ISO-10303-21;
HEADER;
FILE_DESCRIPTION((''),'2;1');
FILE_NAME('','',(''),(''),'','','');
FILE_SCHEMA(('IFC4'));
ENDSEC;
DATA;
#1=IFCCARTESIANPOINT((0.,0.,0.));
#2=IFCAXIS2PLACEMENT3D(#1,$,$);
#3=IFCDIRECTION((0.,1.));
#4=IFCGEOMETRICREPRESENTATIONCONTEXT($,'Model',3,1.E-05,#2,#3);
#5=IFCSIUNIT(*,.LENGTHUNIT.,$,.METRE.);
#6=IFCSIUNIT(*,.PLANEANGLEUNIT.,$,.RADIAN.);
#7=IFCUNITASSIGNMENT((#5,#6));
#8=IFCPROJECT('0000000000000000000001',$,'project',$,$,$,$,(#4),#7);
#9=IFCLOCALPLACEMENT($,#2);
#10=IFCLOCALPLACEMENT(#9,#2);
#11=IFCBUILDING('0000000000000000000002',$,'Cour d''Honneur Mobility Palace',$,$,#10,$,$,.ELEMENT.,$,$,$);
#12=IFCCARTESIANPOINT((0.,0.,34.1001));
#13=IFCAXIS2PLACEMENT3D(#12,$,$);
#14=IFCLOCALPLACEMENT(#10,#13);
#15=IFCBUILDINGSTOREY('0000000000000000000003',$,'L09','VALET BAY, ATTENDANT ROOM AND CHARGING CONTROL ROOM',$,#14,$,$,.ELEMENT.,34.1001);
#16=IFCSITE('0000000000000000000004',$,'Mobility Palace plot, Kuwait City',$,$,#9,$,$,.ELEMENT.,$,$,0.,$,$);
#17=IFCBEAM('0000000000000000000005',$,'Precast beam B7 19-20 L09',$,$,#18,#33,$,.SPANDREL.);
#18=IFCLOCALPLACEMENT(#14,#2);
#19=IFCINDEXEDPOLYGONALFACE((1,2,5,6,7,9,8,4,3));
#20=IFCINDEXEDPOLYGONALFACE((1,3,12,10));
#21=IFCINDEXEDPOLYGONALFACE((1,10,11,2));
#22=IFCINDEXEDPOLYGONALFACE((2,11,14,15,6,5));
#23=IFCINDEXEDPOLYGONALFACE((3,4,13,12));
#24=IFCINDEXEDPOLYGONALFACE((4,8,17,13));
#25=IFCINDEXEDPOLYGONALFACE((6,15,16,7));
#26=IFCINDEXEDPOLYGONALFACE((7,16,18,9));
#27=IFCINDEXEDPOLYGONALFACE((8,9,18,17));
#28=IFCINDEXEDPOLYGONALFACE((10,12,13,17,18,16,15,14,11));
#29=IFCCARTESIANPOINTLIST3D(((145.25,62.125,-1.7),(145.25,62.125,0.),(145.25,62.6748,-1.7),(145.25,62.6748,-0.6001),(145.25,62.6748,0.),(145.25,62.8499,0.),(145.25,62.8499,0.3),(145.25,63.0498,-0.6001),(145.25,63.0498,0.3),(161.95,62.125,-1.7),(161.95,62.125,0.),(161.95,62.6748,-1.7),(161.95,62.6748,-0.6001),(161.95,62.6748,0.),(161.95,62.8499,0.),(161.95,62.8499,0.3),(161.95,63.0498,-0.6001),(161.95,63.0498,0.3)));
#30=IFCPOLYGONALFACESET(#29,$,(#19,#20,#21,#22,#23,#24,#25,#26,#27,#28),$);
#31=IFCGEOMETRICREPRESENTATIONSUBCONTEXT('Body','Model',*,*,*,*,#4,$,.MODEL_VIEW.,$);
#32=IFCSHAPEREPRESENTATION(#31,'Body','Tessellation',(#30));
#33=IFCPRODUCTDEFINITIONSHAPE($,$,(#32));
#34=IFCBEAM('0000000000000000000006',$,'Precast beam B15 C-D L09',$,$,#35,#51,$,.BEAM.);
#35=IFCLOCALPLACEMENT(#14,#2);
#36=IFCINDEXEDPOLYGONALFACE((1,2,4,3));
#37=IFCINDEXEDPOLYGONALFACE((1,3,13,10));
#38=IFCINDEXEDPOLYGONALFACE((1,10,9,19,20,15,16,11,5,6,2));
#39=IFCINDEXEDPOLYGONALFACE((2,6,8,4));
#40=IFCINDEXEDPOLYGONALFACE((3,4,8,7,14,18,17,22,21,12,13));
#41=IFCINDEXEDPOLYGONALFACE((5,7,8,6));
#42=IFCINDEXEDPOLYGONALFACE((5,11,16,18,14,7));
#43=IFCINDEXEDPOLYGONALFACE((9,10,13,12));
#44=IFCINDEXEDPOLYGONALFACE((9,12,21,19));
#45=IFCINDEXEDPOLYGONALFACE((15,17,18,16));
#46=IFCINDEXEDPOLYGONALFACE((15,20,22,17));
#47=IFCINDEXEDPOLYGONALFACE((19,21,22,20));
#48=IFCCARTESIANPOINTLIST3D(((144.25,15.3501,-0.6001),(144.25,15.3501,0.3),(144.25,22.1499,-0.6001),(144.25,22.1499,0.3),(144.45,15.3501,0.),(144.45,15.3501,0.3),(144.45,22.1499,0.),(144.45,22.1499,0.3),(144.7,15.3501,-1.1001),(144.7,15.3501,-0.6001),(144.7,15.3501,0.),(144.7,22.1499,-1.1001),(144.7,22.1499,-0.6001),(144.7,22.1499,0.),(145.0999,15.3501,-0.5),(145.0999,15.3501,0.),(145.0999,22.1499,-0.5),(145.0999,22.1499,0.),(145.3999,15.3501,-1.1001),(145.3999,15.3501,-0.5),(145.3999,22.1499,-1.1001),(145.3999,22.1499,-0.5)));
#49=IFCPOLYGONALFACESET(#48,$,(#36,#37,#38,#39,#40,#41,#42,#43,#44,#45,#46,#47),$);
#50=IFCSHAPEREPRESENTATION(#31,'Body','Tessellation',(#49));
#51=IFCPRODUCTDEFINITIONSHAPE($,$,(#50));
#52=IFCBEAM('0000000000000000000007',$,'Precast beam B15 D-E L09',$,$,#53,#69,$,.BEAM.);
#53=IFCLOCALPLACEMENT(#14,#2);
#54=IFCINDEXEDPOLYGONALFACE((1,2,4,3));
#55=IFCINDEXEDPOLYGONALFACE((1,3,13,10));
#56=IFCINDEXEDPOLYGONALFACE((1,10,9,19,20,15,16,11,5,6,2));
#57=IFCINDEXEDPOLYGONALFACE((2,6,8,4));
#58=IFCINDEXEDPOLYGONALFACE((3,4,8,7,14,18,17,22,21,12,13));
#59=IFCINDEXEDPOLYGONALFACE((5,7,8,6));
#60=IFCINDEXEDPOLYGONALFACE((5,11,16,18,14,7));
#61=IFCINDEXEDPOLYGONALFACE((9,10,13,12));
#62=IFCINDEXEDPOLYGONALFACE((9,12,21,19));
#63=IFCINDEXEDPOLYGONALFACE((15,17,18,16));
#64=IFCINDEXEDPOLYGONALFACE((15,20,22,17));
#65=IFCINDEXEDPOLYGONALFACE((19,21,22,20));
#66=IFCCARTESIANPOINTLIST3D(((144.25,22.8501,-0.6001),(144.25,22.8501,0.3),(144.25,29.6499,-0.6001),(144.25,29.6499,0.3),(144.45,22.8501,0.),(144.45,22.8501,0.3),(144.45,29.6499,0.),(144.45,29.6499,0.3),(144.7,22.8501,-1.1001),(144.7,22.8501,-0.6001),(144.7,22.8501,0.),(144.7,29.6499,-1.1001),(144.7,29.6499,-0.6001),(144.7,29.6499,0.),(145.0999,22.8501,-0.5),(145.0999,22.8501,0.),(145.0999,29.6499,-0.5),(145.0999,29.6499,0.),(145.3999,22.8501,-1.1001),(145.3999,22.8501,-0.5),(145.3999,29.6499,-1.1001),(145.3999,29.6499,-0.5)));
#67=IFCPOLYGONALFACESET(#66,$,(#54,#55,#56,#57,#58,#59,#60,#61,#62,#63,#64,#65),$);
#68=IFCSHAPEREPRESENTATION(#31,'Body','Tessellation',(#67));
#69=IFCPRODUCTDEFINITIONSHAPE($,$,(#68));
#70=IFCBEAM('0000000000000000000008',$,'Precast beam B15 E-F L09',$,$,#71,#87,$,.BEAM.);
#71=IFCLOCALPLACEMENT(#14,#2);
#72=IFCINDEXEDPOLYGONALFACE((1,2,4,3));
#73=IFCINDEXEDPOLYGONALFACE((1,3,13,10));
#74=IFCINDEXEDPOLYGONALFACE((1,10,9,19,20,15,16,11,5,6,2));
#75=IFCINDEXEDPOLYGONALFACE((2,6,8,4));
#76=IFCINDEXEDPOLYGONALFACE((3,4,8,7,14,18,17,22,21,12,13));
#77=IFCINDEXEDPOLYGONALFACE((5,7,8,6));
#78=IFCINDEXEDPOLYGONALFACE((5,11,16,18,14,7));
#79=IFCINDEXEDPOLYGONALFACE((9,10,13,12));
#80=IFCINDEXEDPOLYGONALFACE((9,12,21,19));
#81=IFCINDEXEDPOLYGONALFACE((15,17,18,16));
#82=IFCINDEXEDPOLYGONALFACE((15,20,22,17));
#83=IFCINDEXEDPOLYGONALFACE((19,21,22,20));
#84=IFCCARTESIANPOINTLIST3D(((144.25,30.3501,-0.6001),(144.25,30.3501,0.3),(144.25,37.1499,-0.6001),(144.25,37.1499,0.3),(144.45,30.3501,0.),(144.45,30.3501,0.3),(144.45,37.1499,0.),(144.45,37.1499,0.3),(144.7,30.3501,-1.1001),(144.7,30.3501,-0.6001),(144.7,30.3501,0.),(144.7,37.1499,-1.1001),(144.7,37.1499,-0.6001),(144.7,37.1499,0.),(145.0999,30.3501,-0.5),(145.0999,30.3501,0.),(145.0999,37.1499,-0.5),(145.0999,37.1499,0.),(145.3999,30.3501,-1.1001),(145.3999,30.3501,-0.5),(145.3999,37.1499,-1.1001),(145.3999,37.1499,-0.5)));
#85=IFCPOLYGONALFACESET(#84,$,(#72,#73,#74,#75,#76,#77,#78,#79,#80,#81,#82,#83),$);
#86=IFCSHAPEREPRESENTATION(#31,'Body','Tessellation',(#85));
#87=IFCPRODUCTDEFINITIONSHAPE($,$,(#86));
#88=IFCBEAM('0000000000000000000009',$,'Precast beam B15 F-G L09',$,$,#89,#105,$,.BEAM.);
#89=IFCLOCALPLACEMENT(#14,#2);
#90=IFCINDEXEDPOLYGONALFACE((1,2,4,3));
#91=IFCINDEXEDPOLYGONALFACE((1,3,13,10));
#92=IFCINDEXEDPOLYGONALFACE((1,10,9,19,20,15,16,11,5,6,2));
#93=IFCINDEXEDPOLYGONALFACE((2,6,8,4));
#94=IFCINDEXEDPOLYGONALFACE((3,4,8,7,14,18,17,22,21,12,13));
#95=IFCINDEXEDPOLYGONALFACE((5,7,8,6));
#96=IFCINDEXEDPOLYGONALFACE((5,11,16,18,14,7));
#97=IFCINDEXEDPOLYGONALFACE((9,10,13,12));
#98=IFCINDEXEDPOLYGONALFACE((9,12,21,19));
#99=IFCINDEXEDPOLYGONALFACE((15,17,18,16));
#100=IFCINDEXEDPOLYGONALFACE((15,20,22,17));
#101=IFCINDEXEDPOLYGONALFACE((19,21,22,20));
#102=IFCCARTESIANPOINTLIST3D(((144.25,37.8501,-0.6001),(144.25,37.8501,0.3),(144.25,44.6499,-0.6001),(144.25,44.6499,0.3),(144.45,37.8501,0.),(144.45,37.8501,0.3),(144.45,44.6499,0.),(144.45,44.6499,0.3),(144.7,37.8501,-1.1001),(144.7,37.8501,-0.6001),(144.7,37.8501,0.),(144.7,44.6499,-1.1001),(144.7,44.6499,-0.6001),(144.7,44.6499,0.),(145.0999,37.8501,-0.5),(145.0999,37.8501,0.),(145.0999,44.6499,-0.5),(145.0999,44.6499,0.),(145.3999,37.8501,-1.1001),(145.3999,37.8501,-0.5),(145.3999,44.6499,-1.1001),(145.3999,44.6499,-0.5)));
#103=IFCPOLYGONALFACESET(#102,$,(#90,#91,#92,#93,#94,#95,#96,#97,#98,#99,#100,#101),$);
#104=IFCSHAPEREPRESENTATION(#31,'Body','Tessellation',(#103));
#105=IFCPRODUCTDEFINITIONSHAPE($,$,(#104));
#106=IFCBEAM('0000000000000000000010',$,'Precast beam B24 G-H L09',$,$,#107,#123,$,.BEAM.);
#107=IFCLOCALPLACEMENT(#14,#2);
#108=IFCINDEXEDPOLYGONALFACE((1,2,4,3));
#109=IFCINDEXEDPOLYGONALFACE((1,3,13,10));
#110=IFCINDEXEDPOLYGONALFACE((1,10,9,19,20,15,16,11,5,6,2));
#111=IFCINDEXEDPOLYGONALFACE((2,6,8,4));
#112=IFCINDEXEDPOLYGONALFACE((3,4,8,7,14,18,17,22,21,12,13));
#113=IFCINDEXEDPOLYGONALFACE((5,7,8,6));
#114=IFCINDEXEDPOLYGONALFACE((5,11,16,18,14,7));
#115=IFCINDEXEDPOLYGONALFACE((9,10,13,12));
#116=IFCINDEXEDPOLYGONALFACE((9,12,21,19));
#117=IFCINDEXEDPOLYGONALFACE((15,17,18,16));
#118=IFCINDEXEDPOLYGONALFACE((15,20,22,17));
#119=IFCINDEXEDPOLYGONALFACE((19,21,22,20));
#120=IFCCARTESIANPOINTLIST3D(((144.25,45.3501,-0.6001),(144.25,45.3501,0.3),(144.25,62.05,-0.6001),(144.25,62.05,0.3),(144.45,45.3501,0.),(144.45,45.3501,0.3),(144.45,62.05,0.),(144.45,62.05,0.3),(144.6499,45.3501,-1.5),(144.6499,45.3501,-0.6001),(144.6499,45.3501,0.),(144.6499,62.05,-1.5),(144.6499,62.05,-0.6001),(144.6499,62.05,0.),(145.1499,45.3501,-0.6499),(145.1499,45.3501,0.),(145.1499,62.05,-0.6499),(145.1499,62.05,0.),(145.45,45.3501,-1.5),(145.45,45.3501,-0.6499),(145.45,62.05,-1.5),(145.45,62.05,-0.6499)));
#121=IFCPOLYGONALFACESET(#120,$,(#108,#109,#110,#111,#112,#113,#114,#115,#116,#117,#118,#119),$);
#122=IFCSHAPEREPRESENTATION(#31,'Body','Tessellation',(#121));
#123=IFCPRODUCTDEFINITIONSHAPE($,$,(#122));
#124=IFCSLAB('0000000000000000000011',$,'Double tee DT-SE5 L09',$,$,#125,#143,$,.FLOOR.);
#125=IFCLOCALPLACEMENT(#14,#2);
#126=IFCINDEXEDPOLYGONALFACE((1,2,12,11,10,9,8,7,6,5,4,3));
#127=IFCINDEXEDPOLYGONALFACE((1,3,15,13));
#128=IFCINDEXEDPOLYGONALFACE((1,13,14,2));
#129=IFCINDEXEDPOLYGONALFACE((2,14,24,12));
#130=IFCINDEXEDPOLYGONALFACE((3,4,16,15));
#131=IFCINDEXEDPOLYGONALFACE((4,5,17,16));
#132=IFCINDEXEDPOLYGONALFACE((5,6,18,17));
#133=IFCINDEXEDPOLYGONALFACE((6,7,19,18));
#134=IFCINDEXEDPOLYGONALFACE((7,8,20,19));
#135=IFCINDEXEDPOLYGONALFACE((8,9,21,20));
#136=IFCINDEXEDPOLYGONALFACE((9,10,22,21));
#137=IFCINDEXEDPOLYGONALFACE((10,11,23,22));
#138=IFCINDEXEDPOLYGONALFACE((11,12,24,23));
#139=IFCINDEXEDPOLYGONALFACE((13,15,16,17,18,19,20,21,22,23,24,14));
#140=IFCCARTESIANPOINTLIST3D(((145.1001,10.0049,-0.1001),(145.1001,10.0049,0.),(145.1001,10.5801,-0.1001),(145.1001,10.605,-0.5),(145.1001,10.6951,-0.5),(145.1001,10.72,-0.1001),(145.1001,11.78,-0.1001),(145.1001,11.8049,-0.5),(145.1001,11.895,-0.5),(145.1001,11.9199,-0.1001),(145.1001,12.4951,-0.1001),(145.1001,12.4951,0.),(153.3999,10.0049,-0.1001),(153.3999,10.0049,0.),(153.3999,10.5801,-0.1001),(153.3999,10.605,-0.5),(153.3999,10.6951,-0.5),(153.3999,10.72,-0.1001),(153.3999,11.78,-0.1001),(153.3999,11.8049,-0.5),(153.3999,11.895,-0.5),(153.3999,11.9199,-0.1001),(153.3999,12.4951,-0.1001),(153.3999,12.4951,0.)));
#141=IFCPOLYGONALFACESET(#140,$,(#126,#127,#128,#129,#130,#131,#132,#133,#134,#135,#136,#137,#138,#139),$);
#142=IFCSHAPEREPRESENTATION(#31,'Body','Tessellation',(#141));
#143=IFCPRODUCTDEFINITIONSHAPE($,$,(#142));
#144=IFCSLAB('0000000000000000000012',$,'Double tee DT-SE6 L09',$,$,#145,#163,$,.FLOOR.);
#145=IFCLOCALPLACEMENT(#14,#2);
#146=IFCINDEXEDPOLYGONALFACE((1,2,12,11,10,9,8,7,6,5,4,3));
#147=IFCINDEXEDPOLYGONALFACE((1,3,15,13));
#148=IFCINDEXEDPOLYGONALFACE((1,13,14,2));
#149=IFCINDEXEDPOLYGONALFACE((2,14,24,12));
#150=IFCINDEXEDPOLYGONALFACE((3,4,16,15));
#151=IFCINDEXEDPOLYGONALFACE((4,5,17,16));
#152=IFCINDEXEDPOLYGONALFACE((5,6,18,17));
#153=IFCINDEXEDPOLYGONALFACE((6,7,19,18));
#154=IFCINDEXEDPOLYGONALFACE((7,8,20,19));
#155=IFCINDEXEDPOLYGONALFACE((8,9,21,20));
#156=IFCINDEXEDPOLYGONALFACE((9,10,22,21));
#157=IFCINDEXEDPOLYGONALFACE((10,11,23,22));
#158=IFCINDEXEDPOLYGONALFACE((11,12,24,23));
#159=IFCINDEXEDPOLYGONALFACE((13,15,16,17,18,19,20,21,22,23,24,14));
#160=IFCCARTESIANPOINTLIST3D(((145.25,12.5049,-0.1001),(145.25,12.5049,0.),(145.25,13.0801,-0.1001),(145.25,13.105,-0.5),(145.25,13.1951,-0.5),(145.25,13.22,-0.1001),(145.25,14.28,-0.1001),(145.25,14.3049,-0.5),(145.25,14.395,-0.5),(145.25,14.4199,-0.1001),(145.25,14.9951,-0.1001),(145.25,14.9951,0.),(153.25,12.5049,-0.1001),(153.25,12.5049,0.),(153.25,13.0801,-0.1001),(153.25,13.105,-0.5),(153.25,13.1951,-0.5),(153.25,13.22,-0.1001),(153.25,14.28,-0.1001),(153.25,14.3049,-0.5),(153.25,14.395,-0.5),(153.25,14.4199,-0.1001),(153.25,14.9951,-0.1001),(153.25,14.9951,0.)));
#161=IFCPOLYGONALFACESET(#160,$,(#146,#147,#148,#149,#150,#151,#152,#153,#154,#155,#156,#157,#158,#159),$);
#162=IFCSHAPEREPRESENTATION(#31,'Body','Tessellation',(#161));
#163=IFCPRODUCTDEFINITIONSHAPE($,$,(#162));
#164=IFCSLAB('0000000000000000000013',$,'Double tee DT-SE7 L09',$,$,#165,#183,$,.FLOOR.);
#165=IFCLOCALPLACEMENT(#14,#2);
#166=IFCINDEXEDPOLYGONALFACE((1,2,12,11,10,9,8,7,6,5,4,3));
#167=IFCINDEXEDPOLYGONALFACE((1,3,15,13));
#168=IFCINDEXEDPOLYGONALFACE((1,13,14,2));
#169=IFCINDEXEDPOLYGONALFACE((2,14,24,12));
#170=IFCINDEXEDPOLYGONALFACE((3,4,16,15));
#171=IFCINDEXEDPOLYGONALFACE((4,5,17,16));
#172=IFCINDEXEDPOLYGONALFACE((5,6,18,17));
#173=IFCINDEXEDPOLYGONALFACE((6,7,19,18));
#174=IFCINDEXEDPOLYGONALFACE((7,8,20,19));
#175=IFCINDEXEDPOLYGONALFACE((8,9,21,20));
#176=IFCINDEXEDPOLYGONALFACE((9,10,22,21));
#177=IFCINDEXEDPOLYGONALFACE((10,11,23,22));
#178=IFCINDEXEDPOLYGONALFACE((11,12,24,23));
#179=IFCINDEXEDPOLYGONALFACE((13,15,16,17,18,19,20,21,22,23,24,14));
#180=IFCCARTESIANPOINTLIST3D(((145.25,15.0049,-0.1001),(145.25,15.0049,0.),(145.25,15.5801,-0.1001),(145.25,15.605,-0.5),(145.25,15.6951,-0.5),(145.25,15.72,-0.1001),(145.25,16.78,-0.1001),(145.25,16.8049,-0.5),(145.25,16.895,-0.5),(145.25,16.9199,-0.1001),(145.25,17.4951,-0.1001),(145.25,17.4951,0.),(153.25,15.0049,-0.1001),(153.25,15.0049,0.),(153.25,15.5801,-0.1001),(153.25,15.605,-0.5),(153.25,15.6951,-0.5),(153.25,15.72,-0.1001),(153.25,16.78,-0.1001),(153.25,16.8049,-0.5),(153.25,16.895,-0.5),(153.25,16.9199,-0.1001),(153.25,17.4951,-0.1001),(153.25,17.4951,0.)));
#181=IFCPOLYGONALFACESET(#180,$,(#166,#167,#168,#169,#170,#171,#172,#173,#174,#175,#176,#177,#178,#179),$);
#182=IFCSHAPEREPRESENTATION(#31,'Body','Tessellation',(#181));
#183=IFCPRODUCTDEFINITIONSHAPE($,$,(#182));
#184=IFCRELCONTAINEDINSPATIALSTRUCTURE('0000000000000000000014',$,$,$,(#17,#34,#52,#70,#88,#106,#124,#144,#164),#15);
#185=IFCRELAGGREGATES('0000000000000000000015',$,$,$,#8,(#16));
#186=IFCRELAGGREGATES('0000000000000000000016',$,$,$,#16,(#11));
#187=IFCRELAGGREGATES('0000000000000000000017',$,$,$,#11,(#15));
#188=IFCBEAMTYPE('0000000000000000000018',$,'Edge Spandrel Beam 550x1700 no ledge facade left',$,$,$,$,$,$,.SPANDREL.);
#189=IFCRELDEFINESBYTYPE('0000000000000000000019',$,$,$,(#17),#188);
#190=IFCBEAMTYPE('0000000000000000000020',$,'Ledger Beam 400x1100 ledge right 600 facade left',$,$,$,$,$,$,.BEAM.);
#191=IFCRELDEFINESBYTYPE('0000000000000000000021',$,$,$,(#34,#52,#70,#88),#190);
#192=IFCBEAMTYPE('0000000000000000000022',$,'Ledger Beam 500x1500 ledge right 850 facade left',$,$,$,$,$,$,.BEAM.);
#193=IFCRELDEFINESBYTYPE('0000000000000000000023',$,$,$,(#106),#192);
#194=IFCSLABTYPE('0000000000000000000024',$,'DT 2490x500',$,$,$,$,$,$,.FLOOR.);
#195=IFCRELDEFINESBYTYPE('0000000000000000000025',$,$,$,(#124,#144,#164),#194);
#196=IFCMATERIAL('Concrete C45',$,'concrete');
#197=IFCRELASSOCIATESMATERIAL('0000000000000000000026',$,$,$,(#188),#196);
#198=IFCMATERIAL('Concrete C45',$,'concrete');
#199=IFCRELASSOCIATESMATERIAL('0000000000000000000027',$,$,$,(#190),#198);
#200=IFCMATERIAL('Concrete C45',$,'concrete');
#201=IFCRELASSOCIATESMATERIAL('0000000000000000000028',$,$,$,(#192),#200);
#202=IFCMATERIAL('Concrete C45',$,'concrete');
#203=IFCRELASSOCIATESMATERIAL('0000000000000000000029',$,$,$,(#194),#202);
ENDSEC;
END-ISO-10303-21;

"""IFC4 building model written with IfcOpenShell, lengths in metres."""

from ifc_helpers import new_model, si_unit, direction, frame, origin, place, context, subcontext, project, spatial, polyline, outline, extrude, material, material_profile, profile_set, type_object, element, save


model = new_model("IFC4")

# Units and contexts
model_context = context("Model", 3, precision=1e-05, world=origin(), true_north=direction((0.0, 1.0)))
body_context = subcontext(model_context, "Body", "Model", "MODEL_VIEW")
ifc_project = project(units=[si_unit("LENGTHUNIT", "METRE"), si_unit("PLANEANGLEUNIT", "RADIAN")], contexts=[model_context])

# Site, building, storey
site_placement = place(None, origin())
site = spatial("IfcSite", under=ifc_project, at=site_placement, Name="Mobility Palace plot, Kuwait City", CompositionType="ELEMENT", RefElevation=0.0)
building_placement = place(site_placement, origin())
building = spatial("IfcBuilding", under=site, at=building_placement, Name="Cour d'Honneur Mobility Palace", CompositionType="ELEMENT")
storey_placement = place(building_placement, frame((0.0, 0.0, 34.1001)))
storey = spatial("IfcBuildingStorey", under=building, at=storey_placement, Name="L09", Description="VALET BAY, ATTENDANT ROOM AND CHARGING CONTROL ROOM", CompositionType="ELEMENT", Elevation=34.1001)

# Beams
ifc_material_1 = material(Name="Concrete C45", Category="concrete")
ifc_material_profile_1 = material_profile(ifc_material_1, outline(polyline([(0.2749, -1.7), (0.2749, -0.6001), (0.6499, -0.6001), (0.6499, 0.3), (0.45, 0.3), (0.45, 0.0), (0.2749, 0.0), (-0.2749, 0.0), (-0.2749, -1.7), (0.2749, -1.7)])), Name="Edge Spandrel Beam 550x1700 no ledge facade left")
ifc_profile_set_1 = profile_set([ifc_material_profile_1], Name="Concrete C45")
beam_type_1 = type_object("IfcBeamType", Name="Edge Spandrel Beam 550x1700 no ledge facade left", PredefinedType="SPANDREL", material=ifc_profile_set_1)
beam_1_placement = place(storey_placement, frame((145.25, 62.3999, 0.0), z_axis=(1.0, 0.0, 0.0), x_axis=(0.0, 1.0, 0.0)))
element("IfcBeam", 1, at=beam_1_placement, inside=storey, type_object=beam_type_1, Name="Precast beam B7 19-20 L09", PredefinedType="SPANDREL", context=body_context, shape_type="SweptSolid", body=[
    extrude(outline(polyline([(0.2749, -1.7), (0.2749, -0.6001), (0.6499, -0.6001), (0.6499, 0.3), (0.45, 0.3), (0.45, 0.0), (0.2749, 0.0), (-0.2749, 0.0), (-0.2749, -1.7), (0.2749, -1.7)])), origin(), (0.0, 0.0, 1.0), 16.7),
])
ifc_material_2 = material(Name="Concrete C45", Category="concrete")
ifc_material_profile_2 = material_profile(ifc_material_2, outline(polyline([(0.2, -1.1001), (0.2, -0.6001), (0.6499, -0.6001), (0.6499, 0.3), (0.45, 0.3), (0.45, 0.0), (0.2, 0.0), (-0.2, 0.0), (-0.2, -0.5), (-0.5, -0.5), (-0.5, -1.1001), (0.2, -1.1001)])), Name="Ledger Beam 400x1100 ledge right 600 facade left")
ifc_profile_set_2 = profile_set([ifc_material_profile_2], Name="Concrete C45")
beam_type_2 = type_object("IfcBeamType", Name="Ledger Beam 400x1100 ledge right 600 facade left", PredefinedType="BEAM", material=ifc_profile_set_2)
for number, where, z_axis, x_axis, name in (
    (2, (144.8999, 15.3501, 0.0), (0.0, 1.0, 0.0), (-1.0, 0.0, 0.0), "Precast beam B15 C-D L09"),
    (3, (144.8999, 22.8501, 0.0), (0.0, 1.0, 0.0), (-1.0, 0.0, 0.0), "Precast beam B15 D-E L09"),
    (4, (144.8999, 30.3501, 0.0), (0.0, 1.0, 0.0), (-1.0, 0.0, 0.0), "Precast beam B15 E-F L09"),
    (5, (144.8999, 37.8501, 0.0), (0.0, 1.0, 0.0), (-1.0, 0.0, 0.0), "Precast beam B15 F-G L09"),
):
    element("IfcBeam", number, at=place(storey_placement, frame(where, z_axis=z_axis, x_axis=x_axis)), inside=storey, type_object=beam_type_2, Name=name, PredefinedType="BEAM", context=body_context, shape_type="SweptSolid", body=[
        extrude(outline(polyline([(0.2, -1.1001), (0.2, -0.6001), (0.6499, -0.6001), (0.6499, 0.3), (0.45, 0.3), (0.45, 0.0), (0.2, 0.0), (-0.2, 0.0), (-0.2, -0.5), (-0.5, -0.5), (-0.5, -1.1001), (0.2, -1.1001)])), origin(), (0.0, 0.0, 1.0), 6.7998),
    ])
ifc_material_3 = material(Name="Concrete C45", Category="concrete")
ifc_material_profile_3 = material_profile(ifc_material_3, outline(polyline([(0.25, -1.5), (0.25, -0.6001), (0.6499, -0.6001), (0.6499, 0.3), (0.45, 0.3), (0.45, 0.0), (0.25, 0.0), (-0.25, 0.0), (-0.25, -0.6499), (-0.55, -0.6499), (-0.55, -1.5), (0.25, -1.5)])), Name="Ledger Beam 500x1500 ledge right 850 facade left")
ifc_profile_set_3 = profile_set([ifc_material_profile_3], Name="Concrete C45")
beam_type_3 = type_object("IfcBeamType", Name="Ledger Beam 500x1500 ledge right 850 facade left", PredefinedType="BEAM", material=ifc_profile_set_3)
beam_2_placement = place(storey_placement, frame((144.8999, 45.3501, 0.0), z_axis=(0.0, 1.0, 0.0), x_axis=(-1.0, 0.0, 0.0)))
element("IfcBeam", 6, at=beam_2_placement, inside=storey, type_object=beam_type_3, Name="Precast beam B24 G-H L09", PredefinedType="BEAM", context=body_context, shape_type="SweptSolid", body=[
    extrude(outline(polyline([(0.25, -1.5), (0.25, -0.6001), (0.6499, -0.6001), (0.6499, 0.3), (0.45, 0.3), (0.45, 0.0), (0.25, 0.0), (-0.25, 0.0), (-0.25, -0.6499), (-0.55, -0.6499), (-0.55, -1.5), (0.25, -1.5)])), origin(), (0.0, 0.0, 1.0), 16.7),
])

# Slabs
ifc_material_4 = material(Name="Concrete C45", Category="concrete")
ifc_material_profile_4 = material_profile(ifc_material_4, outline(polyline([(-1.2451, 0.0), (1.2451, 0.0), (1.2451, -0.1001), (0.6699, -0.1001), (0.645, -0.5), (0.5549, -0.5), (0.53, -0.1001), (-0.53, -0.1001), (-0.5549, -0.5), (-0.645, -0.5), (-0.6699, -0.1001), (-1.2451, -0.1001), (-1.2451, 0.0)])), Name="DT 2490x500")
ifc_profile_set_4 = profile_set([ifc_material_profile_4], Name="Concrete C45")
slab_type_1 = type_object("IfcSlabType", Name="DT 2490x500", PredefinedType="FLOOR", material=ifc_profile_set_4)
slab_1_placement = place(storey_placement, frame((145.1001, 11.25, 0.0), z_axis=(1.0, 0.0, 0.0), x_axis=(0.0, 1.0, 0.0)))
element("IfcSlab", 7, at=slab_1_placement, inside=storey, type_object=slab_type_1, Name="Double tee DT-SE5 L09", PredefinedType="FLOOR", context=body_context, shape_type="SweptSolid", body=[
    extrude(outline(polyline([(-1.2451, 0.0), (1.2451, 0.0), (1.2451, -0.1001), (0.6699, -0.1001), (0.645, -0.5), (0.5549, -0.5), (0.53, -0.1001), (-0.53, -0.1001), (-0.5549, -0.5), (-0.645, -0.5), (-0.6699, -0.1001), (-1.2451, -0.1001), (-1.2451, 0.0)])), origin(), (0.0, 0.0, 1.0), 8.2998),
])
for number, where, z_axis, x_axis, name in (
    (8, (145.25, 13.75, 0.0), (1.0, 0.0, 0.0), (0.0, 1.0, 0.0), "Double tee DT-SE6 L09"),
    (9, (145.25, 16.25, 0.0), (1.0, 0.0, 0.0), (0.0, 1.0, 0.0), "Double tee DT-SE7 L09"),
):
    element("IfcSlab", number, at=place(storey_placement, frame(where, z_axis=z_axis, x_axis=x_axis)), inside=storey, type_object=slab_type_1, Name=name, PredefinedType="FLOOR", context=body_context, shape_type="SweptSolid", body=[
        extrude(outline(polyline([(-1.2451, 0.0), (1.2451, 0.0), (1.2451, -0.1001), (0.6699, -0.1001), (0.645, -0.5), (0.5549, -0.5), (0.53, -0.1001), (-0.53, -0.1001), (-0.5549, -0.5), (-0.645, -0.5), (-0.6699, -0.1001), (-1.2451, -0.1001), (-1.2451, 0.0)])), origin(), (0.0, 0.0, 1.0), 8.0),
    ])

save(model, "model.ifc")
